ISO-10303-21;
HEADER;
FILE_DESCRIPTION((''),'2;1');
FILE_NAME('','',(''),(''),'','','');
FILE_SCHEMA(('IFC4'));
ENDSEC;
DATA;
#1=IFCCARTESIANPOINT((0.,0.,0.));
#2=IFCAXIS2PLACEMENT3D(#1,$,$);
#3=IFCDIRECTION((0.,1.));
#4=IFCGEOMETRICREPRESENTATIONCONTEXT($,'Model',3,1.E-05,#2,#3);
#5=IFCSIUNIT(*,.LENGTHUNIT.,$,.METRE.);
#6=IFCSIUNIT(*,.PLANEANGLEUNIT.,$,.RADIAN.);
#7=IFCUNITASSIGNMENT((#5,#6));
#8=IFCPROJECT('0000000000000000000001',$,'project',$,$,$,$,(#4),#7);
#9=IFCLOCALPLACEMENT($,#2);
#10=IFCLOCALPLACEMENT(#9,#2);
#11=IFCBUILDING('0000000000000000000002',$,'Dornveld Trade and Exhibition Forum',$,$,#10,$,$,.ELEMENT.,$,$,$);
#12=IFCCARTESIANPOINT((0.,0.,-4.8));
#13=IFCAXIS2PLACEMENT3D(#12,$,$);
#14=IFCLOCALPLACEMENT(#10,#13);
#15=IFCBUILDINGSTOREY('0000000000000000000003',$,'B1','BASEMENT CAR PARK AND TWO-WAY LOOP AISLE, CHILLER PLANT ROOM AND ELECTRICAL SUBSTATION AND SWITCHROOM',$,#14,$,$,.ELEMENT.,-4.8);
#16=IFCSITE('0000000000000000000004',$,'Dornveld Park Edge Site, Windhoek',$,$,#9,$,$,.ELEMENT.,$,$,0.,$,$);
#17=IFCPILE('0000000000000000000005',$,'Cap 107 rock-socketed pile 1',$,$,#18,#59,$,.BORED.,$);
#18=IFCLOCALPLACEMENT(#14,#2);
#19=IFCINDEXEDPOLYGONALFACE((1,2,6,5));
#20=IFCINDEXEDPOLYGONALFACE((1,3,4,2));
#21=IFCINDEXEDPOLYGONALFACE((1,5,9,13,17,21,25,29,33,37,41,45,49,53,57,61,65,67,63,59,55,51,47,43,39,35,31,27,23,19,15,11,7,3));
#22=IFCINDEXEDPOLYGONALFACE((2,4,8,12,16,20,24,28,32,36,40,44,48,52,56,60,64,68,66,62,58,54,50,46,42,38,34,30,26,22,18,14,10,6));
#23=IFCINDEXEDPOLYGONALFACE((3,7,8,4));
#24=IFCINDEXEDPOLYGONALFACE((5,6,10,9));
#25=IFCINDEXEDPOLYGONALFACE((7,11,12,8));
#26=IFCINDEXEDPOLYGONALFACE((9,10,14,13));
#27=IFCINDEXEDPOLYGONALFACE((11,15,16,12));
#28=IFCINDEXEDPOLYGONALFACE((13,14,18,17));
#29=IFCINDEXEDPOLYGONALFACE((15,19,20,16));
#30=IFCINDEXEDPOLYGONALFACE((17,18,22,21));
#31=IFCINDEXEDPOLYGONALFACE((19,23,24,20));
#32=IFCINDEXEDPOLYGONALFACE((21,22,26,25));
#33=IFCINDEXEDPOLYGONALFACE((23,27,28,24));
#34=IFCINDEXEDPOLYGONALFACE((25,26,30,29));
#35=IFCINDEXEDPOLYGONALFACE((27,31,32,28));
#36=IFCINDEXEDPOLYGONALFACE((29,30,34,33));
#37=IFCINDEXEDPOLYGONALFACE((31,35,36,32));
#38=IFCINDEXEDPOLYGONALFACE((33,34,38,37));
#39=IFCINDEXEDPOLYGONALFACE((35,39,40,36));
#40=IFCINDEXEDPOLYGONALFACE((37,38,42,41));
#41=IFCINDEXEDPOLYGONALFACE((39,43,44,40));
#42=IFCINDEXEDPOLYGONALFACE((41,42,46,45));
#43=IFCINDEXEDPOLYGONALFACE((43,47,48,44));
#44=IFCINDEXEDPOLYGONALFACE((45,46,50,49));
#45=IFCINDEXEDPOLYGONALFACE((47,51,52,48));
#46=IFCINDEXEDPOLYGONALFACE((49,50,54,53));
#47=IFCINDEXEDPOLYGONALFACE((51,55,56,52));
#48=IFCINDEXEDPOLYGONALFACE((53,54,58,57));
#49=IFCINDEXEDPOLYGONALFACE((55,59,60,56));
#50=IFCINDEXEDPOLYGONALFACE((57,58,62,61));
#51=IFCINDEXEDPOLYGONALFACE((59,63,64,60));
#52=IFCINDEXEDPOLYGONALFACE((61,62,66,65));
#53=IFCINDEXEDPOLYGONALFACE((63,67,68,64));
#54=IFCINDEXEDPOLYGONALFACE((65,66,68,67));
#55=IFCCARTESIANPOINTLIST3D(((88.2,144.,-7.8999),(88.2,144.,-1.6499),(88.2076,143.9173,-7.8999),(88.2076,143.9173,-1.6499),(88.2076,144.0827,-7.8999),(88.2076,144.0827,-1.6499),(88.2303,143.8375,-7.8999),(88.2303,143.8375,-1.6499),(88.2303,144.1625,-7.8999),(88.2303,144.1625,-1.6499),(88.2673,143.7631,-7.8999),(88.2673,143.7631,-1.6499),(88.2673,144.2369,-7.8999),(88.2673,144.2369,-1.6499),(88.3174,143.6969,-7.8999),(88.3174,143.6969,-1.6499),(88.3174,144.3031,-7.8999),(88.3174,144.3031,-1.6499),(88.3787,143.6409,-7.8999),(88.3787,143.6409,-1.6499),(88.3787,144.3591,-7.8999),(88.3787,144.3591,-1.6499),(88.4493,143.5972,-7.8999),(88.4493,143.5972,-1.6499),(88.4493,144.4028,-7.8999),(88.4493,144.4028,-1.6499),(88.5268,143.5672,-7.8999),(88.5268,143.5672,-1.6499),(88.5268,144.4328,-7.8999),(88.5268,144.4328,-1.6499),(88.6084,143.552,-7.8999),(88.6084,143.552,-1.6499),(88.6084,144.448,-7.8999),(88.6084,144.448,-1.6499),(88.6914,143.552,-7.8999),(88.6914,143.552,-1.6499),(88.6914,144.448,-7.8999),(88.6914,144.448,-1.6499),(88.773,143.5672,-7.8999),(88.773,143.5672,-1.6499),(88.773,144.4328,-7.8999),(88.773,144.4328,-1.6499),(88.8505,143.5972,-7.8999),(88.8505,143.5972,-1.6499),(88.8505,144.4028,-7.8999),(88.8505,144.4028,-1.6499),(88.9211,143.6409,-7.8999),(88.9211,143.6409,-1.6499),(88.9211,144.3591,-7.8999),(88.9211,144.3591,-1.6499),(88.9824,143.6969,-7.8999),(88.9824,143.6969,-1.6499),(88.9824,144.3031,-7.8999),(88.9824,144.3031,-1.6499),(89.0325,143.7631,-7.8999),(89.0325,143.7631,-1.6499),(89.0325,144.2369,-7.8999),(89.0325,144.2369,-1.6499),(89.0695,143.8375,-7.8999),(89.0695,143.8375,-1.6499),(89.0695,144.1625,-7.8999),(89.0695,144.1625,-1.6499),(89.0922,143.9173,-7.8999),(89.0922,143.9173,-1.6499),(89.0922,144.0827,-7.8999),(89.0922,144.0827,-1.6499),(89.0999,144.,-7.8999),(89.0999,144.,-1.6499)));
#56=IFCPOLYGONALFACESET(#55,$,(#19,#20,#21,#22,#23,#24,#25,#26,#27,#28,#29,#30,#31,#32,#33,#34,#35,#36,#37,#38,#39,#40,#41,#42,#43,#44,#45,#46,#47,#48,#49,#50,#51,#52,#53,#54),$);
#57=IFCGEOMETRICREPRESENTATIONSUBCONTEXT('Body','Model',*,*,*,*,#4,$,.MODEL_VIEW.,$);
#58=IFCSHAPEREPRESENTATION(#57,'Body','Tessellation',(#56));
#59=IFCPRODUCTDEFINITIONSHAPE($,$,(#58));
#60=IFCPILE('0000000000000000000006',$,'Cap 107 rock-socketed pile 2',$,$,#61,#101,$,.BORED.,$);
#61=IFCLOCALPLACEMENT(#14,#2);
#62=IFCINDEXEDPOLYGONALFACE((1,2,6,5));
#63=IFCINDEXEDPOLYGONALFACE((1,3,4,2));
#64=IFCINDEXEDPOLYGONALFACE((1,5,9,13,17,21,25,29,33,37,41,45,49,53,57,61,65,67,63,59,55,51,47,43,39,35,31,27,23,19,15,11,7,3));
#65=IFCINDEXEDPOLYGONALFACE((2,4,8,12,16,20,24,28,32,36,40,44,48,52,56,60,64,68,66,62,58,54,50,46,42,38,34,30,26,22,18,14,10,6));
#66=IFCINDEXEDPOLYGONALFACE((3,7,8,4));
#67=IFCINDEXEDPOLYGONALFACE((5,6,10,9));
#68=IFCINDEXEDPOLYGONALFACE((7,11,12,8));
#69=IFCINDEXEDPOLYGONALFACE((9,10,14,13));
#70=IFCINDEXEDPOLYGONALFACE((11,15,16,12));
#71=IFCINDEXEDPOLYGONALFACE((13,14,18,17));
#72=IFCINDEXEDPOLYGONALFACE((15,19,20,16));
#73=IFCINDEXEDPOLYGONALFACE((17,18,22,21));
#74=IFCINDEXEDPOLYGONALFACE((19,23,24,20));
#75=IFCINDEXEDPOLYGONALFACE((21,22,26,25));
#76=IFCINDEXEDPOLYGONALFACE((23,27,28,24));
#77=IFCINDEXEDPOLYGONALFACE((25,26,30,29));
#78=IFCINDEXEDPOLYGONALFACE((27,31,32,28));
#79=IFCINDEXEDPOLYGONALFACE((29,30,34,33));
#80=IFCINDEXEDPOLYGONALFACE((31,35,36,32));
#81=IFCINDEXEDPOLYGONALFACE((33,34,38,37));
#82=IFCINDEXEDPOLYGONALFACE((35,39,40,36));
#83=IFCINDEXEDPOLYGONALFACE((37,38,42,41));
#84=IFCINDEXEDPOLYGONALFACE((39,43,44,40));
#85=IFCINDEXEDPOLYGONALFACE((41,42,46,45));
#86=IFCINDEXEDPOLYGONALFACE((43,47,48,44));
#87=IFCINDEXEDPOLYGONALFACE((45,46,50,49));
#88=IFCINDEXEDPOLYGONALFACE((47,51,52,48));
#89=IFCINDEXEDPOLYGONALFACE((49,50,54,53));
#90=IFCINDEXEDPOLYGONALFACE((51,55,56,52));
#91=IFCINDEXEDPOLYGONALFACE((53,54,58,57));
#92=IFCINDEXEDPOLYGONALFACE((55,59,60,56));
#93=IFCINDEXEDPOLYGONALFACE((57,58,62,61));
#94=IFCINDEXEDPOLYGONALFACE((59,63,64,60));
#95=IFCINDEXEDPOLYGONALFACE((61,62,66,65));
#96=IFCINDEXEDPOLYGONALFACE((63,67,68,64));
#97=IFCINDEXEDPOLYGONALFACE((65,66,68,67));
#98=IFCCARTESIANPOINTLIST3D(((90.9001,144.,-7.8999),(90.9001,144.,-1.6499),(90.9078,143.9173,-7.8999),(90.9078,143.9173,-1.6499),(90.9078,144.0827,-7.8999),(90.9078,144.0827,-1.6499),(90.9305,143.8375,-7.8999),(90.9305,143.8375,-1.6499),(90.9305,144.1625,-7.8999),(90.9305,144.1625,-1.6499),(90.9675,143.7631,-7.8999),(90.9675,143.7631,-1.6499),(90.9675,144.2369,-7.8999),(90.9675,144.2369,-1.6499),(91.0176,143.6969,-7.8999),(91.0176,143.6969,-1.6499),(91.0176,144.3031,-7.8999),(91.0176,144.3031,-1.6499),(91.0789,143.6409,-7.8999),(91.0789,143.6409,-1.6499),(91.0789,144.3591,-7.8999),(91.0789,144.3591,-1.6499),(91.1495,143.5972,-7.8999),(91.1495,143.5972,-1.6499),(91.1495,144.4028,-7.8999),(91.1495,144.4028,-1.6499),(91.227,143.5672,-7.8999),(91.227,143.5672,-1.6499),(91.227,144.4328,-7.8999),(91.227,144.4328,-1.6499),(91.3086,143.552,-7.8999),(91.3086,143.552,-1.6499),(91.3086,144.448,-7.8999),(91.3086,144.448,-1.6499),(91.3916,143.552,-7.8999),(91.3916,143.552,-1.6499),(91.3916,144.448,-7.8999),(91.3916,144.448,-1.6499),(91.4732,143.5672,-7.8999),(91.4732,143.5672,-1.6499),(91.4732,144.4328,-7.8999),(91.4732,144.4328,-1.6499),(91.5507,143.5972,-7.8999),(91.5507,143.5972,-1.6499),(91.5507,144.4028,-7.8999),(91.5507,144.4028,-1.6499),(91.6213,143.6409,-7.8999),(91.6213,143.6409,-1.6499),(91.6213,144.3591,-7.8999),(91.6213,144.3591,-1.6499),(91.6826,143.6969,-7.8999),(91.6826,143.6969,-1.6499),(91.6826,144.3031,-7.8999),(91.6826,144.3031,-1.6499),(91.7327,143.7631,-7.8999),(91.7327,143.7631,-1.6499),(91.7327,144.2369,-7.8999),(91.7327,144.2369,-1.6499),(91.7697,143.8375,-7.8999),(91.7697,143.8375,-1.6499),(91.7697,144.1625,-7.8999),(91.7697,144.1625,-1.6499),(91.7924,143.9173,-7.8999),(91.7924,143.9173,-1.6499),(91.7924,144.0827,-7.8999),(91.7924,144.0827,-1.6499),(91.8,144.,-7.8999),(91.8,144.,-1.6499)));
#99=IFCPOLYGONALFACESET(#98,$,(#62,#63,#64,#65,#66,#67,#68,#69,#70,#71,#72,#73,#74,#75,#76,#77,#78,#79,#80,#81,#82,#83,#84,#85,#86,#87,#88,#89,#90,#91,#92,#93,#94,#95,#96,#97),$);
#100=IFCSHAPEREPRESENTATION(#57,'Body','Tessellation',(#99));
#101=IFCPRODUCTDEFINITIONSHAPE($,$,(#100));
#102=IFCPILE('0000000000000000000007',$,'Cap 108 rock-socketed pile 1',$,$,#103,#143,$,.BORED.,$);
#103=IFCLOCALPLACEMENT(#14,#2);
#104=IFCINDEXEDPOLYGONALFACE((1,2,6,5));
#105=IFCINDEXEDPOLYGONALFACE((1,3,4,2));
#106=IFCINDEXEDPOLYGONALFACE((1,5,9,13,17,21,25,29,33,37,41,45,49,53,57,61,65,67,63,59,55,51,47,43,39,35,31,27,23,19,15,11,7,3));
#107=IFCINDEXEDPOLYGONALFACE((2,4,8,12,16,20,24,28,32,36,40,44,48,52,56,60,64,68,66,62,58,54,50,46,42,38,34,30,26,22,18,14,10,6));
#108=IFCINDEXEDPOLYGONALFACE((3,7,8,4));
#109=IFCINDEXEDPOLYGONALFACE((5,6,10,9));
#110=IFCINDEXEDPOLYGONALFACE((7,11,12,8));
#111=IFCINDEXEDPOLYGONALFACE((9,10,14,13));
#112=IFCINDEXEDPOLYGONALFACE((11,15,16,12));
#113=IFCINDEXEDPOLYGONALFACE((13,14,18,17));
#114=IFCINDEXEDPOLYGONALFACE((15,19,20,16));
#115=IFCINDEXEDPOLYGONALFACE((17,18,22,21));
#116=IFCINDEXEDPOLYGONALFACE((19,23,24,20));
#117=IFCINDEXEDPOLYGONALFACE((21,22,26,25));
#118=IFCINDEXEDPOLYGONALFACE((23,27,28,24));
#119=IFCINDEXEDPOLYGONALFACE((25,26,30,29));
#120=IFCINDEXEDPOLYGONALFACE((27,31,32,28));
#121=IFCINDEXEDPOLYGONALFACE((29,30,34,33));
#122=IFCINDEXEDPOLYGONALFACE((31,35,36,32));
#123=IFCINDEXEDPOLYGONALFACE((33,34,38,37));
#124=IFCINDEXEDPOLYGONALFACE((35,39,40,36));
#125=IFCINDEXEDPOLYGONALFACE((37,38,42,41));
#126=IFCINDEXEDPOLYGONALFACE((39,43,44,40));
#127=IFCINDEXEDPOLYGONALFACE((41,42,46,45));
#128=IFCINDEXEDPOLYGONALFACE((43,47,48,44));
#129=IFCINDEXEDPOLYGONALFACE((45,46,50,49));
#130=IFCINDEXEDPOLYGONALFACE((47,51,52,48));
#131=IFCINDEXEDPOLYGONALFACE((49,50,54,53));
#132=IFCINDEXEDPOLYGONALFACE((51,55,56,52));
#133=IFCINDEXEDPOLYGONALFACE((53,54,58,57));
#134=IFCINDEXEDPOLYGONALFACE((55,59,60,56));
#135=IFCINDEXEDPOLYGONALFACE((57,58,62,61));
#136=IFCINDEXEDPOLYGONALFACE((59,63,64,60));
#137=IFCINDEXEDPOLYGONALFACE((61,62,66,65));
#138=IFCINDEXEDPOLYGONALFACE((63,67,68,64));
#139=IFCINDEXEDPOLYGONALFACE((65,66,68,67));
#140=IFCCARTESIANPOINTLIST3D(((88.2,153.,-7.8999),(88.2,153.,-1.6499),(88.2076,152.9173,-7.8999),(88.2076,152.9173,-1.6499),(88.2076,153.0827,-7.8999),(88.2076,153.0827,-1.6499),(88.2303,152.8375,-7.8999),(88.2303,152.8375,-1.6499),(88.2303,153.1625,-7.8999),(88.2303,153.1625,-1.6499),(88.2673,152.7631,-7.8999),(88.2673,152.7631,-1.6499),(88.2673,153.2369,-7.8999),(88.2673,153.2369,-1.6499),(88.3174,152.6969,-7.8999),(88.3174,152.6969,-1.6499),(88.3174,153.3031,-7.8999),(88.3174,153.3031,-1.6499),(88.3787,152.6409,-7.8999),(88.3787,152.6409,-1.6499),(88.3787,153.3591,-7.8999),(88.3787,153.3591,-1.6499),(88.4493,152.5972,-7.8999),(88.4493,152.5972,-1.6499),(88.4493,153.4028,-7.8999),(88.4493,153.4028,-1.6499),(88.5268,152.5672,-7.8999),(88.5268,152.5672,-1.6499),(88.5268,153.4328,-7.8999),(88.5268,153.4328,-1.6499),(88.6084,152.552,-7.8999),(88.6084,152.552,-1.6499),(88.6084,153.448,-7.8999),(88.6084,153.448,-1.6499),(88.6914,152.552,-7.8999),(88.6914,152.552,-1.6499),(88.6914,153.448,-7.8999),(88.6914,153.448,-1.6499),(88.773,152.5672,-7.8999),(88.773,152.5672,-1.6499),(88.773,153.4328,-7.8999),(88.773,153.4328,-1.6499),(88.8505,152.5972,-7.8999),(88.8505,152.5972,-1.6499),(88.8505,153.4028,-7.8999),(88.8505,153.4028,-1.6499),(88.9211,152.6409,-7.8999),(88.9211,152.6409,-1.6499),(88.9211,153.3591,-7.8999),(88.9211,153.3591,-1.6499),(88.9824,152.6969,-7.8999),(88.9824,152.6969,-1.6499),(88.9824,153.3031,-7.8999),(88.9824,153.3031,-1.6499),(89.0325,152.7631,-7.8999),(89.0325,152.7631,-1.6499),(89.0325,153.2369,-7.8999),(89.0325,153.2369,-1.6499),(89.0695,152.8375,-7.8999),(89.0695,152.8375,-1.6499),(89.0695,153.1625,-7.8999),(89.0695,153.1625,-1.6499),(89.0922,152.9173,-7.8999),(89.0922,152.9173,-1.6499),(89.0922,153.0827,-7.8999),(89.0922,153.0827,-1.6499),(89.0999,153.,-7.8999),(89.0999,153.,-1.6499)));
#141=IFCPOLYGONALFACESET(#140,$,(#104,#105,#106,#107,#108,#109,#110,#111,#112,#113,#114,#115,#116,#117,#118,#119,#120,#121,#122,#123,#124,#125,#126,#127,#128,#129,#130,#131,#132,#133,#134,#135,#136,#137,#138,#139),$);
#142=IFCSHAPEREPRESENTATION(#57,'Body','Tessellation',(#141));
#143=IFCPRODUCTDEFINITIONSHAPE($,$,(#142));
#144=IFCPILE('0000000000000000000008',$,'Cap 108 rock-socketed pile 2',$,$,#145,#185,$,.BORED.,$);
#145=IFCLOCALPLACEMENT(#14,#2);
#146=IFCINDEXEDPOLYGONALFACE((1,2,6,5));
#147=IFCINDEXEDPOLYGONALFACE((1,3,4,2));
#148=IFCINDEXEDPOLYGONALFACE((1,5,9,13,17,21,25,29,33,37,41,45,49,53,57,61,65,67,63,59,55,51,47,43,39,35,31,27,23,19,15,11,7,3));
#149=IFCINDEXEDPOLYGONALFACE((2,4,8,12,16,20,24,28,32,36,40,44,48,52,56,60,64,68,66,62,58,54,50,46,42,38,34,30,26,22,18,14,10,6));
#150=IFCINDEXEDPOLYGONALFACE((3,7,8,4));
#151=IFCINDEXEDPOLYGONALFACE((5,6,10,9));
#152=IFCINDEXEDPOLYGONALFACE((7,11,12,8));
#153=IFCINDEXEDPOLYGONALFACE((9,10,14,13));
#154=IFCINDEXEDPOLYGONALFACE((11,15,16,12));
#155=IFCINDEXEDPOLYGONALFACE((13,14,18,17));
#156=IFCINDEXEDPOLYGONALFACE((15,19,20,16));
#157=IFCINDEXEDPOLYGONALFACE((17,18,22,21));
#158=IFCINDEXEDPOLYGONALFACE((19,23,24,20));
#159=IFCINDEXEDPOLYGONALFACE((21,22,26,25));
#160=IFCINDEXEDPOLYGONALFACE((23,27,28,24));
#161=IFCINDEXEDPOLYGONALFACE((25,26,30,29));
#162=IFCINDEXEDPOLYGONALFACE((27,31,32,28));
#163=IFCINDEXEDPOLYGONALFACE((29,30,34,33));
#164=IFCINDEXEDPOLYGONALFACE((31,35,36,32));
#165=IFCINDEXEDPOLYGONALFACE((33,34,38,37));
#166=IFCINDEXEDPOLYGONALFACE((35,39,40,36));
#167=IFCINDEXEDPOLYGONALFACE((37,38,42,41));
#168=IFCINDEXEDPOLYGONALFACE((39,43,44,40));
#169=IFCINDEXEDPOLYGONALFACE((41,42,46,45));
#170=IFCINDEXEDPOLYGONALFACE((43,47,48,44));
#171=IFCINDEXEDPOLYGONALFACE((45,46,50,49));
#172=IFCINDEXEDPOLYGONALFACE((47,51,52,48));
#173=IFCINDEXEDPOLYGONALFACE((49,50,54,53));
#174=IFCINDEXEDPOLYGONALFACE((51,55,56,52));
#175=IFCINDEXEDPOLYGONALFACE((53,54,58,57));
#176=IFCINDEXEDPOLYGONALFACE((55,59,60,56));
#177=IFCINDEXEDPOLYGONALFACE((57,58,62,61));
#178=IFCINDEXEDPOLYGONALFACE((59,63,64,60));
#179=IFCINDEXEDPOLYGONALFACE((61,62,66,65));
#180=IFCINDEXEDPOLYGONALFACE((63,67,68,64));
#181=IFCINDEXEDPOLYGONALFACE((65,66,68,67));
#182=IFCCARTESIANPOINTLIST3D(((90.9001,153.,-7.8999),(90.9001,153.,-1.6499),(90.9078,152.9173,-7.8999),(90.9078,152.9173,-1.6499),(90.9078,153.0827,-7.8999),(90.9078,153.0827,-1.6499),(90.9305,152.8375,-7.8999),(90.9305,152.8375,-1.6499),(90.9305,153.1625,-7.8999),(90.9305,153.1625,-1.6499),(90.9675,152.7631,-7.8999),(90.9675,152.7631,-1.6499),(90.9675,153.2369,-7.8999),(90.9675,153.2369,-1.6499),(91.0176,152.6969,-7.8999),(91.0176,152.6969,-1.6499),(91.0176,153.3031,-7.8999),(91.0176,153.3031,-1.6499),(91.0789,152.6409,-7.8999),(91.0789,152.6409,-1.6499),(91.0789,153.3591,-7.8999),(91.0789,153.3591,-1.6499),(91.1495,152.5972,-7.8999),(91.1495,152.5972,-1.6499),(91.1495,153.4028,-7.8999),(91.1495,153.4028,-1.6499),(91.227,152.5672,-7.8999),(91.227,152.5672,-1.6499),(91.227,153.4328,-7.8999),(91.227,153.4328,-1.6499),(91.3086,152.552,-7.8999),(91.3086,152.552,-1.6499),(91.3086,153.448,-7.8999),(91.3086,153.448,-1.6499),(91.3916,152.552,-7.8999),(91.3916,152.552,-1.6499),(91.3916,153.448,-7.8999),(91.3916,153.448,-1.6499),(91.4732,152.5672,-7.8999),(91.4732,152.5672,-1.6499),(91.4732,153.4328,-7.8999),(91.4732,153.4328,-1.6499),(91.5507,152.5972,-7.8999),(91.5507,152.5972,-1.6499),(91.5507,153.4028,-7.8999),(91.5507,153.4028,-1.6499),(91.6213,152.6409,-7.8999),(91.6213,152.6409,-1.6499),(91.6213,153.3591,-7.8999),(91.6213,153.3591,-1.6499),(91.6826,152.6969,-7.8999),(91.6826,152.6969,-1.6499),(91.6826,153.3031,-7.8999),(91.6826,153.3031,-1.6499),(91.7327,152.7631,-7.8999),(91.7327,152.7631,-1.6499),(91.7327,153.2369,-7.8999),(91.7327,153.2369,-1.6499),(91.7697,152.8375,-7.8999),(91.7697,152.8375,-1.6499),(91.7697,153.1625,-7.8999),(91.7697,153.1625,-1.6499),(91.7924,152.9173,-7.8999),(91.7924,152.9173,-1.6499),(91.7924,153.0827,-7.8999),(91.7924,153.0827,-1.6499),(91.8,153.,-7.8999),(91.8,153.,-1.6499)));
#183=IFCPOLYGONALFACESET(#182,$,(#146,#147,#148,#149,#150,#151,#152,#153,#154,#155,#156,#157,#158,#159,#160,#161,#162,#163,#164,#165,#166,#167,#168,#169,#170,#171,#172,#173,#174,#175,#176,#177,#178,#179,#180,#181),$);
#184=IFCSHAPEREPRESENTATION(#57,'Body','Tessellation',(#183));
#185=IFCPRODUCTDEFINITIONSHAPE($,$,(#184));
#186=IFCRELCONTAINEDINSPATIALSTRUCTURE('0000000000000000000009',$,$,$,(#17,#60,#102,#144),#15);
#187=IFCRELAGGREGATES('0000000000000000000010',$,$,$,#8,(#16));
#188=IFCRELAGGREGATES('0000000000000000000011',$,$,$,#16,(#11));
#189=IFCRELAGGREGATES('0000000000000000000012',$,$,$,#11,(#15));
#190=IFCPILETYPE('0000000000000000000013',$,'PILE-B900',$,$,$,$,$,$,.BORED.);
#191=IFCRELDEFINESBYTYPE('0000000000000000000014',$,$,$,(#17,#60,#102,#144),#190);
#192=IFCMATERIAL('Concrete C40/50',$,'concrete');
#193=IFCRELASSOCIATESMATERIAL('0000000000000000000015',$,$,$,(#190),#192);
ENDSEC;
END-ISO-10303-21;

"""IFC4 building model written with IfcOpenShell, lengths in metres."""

from ifc_helpers import new_model, si_unit, direction, frame, origin, origin_2d, place, context, subcontext, project, spatial, circle, extrude, material, material_profile, profile_set, type_object, element, save


model = new_model("IFC4")

# Units and contexts
model_context = context("Model", 3, precision=1e-05, world=origin(), true_north=direction((0.0, 1.0)))
body_context = subcontext(model_context, "Body", "Model", "MODEL_VIEW")
ifc_project = project(units=[si_unit("LENGTHUNIT", "METRE"), si_unit("PLANEANGLEUNIT", "RADIAN")], contexts=[model_context])

# Site, building, storey
site_placement = place(None, origin())
site = spatial("IfcSite", under=ifc_project, at=site_placement, Name="Dornveld Park Edge Site, Windhoek", CompositionType="ELEMENT", RefElevation=0.0)
building_placement = place(site_placement, origin())
building = spatial("IfcBuilding", under=site, at=building_placement, Name="Dornveld Trade and Exhibition Forum", CompositionType="ELEMENT")
storey_placement = place(building_placement, frame((0.0, 0.0, -4.8)))
storey = spatial("IfcBuildingStorey", under=building, at=storey_placement, Name="B1", Description="BASEMENT CAR PARK AND TWO-WAY LOOP AISLE, CHILLER PLANT ROOM AND ELECTRICAL SUBSTATION AND SWITCHROOM", CompositionType="ELEMENT", Elevation=-4.8)

# Piles
ifc_material_1 = material(Name="Concrete C40/50", Category="concrete")
ifc_material_profile_1 = material_profile(ifc_material_1, circle(Radius=0.45, at=origin_2d()), Name="PILE D900")
ifc_profile_set_1 = profile_set([ifc_material_profile_1], Name="Concrete C40/50")
pile_type = type_object("IfcPileType", Name="PILE-B900", PredefinedType="BORED", material=ifc_profile_set_1)
for number, where, z_axis, x_axis, name in (
    (1, (88.6499, 144.0, -1.6499), (0.0, 0.0, -1.0), (1.0, 0.0, 0.0), "Cap 107 rock-socketed pile 1"),
    (2, (91.3501, 144.0, -1.6499), (0.0, 0.0, -1.0), (1.0, 0.0, 0.0), "Cap 107 rock-socketed pile 2"),
    (3, (88.6499, 153.0, -1.6499), (0.0, 0.0, -1.0), (1.0, 0.0, 0.0), "Cap 108 rock-socketed pile 1"),
    (4, (91.3501, 153.0, -1.6499), (0.0, 0.0, -1.0), (1.0, 0.0, 0.0), "Cap 108 rock-socketed pile 2"),
):
    element("IfcPile", number, at=place(storey_placement, frame(where, z_axis=z_axis, x_axis=x_axis)), inside=storey, type_object=pile_type, Name=name, PredefinedType="BORED", context=body_context, shape_type="SweptSolid", body=[
        extrude(circle(Radius=0.45, at=origin_2d()), origin(), (0.0, 0.0, 1.0), 6.25),
    ])

save(model, "model.ifc")
